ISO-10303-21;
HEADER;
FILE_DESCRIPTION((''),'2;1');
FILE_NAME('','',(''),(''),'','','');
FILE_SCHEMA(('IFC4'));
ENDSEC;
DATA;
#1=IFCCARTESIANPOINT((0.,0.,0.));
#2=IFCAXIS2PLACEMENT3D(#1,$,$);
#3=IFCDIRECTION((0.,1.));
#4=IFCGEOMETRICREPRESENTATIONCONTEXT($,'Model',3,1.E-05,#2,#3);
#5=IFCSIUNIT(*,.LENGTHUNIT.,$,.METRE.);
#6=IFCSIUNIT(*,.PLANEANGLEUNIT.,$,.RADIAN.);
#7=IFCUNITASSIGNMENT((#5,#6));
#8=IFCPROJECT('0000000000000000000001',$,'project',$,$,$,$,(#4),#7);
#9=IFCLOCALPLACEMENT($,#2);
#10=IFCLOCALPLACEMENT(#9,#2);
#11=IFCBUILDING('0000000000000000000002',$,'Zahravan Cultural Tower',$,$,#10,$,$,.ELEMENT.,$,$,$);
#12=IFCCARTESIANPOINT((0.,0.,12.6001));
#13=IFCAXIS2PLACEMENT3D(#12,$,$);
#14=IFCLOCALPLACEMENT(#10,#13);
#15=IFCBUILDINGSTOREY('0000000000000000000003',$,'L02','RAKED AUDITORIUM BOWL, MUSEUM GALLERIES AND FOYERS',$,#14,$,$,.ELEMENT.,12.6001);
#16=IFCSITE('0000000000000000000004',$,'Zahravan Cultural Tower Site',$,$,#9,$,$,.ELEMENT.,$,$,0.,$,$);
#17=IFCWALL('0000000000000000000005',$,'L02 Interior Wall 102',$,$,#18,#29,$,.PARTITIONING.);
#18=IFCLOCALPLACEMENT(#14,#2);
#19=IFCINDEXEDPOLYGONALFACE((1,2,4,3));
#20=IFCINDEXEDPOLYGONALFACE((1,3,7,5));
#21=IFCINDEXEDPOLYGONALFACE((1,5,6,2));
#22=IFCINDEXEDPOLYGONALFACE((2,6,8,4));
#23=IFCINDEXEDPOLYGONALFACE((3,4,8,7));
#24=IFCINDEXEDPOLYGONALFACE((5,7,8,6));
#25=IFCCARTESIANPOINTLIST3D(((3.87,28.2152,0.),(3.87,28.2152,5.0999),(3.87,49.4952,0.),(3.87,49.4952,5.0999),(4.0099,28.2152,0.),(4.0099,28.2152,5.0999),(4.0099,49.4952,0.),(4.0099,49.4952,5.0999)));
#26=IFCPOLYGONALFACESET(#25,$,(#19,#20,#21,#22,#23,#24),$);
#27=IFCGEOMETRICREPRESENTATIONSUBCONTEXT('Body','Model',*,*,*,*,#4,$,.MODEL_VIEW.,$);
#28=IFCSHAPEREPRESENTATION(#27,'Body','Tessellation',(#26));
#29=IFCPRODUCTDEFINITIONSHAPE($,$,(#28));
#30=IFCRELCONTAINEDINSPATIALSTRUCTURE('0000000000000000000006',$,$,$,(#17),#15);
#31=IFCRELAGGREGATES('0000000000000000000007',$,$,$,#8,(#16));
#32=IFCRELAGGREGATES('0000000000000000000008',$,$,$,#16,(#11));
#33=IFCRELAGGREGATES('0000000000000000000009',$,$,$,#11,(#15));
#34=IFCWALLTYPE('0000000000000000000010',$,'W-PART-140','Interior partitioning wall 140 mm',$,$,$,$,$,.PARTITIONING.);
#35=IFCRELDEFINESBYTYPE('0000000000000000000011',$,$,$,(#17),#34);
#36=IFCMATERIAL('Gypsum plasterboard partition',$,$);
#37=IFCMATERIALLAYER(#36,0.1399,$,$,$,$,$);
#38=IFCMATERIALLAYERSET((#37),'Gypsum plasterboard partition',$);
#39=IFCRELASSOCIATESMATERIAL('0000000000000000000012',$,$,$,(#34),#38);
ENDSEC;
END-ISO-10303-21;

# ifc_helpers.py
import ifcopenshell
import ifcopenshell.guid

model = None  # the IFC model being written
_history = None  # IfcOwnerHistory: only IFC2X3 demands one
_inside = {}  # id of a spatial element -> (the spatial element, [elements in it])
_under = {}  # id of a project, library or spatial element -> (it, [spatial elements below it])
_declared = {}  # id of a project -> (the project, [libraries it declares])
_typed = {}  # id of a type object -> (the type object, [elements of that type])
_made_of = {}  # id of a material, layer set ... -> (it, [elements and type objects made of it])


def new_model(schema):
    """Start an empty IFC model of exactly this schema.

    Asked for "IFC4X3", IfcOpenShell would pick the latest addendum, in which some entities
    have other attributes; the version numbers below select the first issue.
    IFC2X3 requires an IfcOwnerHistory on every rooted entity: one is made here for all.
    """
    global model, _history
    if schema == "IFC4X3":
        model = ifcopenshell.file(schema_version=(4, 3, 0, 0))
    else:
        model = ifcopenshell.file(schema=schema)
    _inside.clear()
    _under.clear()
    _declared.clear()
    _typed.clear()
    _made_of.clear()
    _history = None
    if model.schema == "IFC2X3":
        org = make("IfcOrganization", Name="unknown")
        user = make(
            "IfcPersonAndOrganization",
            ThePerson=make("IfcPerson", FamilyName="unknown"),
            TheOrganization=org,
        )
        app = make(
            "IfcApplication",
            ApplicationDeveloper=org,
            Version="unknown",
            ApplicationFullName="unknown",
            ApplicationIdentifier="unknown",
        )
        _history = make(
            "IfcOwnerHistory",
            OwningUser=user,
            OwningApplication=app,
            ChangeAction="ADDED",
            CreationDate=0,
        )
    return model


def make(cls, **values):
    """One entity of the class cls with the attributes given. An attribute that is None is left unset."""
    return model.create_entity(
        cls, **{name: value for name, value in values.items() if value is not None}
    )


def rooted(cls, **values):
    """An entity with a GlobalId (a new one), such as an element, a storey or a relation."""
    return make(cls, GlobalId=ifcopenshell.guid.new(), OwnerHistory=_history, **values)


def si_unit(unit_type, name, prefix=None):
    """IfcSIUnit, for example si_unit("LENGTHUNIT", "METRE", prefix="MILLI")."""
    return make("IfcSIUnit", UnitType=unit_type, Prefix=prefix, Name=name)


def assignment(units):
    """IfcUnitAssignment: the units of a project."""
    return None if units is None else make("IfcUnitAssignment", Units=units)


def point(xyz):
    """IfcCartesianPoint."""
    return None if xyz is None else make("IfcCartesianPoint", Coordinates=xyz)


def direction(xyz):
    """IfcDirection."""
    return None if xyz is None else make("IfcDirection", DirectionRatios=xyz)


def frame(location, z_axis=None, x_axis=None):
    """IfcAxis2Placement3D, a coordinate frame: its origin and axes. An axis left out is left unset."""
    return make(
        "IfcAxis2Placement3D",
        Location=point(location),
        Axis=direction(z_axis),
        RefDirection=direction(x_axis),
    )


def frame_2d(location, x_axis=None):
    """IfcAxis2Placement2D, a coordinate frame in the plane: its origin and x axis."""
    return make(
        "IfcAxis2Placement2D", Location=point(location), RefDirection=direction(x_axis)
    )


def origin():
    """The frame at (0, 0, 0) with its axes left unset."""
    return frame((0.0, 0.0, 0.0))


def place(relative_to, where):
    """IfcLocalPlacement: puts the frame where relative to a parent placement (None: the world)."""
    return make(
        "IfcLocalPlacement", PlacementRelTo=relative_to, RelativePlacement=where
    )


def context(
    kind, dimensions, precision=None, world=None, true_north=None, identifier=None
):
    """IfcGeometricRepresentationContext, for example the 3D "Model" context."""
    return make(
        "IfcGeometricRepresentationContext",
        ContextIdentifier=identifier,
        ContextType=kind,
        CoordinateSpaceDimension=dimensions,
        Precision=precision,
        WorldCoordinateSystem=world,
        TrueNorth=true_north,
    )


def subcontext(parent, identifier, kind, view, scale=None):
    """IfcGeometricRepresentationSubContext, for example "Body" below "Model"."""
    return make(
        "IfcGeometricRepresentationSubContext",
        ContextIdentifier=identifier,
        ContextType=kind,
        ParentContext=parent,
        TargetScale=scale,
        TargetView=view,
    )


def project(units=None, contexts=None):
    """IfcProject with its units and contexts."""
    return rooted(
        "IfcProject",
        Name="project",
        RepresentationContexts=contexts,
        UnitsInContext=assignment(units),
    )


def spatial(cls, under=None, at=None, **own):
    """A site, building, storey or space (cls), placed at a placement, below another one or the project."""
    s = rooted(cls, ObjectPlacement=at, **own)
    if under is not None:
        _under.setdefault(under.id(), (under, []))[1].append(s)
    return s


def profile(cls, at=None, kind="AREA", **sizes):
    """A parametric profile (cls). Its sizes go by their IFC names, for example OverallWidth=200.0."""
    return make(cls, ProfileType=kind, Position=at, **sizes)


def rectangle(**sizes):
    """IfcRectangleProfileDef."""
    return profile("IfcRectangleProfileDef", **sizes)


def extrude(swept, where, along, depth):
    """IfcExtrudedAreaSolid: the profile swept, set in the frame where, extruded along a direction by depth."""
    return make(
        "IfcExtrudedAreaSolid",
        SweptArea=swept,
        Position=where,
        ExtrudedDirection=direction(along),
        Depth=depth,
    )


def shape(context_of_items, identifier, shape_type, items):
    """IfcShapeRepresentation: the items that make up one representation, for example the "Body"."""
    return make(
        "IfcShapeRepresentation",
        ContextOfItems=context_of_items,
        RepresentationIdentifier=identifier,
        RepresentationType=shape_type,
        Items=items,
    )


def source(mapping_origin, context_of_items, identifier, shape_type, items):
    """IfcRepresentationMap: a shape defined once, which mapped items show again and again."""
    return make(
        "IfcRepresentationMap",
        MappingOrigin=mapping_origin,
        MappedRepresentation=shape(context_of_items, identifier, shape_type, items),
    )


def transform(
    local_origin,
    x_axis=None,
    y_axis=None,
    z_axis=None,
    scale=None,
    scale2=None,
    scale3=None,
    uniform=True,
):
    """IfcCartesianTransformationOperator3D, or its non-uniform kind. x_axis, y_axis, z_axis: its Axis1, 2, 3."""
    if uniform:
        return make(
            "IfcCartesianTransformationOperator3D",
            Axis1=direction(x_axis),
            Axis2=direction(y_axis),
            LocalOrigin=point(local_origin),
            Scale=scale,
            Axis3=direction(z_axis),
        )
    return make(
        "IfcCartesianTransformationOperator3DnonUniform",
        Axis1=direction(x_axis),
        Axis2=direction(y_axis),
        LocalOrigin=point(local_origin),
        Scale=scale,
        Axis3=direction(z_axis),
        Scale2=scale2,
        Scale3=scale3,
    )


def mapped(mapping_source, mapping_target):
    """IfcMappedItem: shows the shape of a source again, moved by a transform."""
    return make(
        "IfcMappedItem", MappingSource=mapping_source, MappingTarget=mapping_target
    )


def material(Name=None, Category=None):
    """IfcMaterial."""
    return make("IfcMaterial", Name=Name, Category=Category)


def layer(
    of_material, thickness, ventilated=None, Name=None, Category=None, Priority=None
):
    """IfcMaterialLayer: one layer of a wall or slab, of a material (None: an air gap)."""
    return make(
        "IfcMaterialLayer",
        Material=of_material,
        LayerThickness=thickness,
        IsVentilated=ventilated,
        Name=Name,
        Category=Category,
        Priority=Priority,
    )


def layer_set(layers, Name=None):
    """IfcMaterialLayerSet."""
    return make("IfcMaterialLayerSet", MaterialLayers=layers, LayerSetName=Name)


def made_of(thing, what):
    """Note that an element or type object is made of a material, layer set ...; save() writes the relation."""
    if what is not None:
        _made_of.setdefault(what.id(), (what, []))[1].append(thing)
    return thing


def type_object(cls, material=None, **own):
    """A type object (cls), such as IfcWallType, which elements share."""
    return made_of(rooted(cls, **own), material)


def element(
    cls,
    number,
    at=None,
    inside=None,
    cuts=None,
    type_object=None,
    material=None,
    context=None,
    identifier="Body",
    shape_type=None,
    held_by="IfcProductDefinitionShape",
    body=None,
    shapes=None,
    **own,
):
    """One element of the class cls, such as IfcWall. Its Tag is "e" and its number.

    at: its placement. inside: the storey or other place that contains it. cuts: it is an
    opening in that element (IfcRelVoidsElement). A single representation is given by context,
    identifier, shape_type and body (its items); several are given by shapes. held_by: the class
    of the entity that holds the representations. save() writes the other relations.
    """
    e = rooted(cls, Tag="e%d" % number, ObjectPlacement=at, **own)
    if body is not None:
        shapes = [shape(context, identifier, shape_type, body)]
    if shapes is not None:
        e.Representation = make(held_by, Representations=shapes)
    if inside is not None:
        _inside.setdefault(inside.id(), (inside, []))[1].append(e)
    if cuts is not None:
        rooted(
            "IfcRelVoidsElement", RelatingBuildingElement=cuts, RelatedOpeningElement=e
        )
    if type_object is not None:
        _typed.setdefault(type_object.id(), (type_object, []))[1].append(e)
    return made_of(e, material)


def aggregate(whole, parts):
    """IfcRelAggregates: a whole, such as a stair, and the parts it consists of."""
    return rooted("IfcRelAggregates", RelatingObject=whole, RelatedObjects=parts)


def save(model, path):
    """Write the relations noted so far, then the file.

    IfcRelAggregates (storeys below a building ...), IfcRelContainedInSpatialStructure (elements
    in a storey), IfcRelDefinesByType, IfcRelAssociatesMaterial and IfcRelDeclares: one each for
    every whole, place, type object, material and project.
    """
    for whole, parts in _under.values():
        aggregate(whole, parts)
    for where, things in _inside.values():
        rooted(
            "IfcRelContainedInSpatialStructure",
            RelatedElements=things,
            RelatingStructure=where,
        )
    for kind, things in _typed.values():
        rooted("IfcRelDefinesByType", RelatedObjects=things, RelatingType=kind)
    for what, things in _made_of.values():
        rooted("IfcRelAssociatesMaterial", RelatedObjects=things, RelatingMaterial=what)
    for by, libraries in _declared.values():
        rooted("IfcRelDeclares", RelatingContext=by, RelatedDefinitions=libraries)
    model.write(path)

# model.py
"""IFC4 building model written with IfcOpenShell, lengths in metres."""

from ifc_helpers import new_model, si_unit, direction, frame, frame_2d, origin, place, context, subcontext, project, spatial, rectangle, extrude, source, transform, mapped, material, layer, layer_set, type_object, element, save


model = new_model("IFC4")

# Units and contexts
model_context = context("Model", 3, precision=1e-05, world=origin(), true_north=direction((0.0, 1.0)))
body_context = subcontext(model_context, "Body", "Model", "MODEL_VIEW")
ifc_project = project(units=[si_unit("LENGTHUNIT", "METRE"), si_unit("PLANEANGLEUNIT", "RADIAN")], contexts=[model_context])

# Site, building, storey
site_placement = place(None, origin())
site = spatial("IfcSite", under=ifc_project, at=site_placement, Name="Zahravan Cultural Tower Site", CompositionType="ELEMENT", RefElevation=0.0)
building_placement = place(site_placement, origin())
building = spatial("IfcBuilding", under=site, at=building_placement, Name="Zahravan Cultural Tower", CompositionType="ELEMENT")
storey_placement = place(building_placement, frame((0.0, 0.0, 12.6001)))
storey = spatial("IfcBuildingStorey", under=building, at=storey_placement, Name="L02", Description="RAKED AUDITORIUM BOWL, MUSEUM GALLERIES AND FOYERS", CompositionType="ELEMENT", Elevation=12.6001)

# Wall
ifc_material_1 = material(Name="Gypsum plasterboard partition")
ifc_layer_1 = layer(ifc_material_1, 0.1399)
ifc_layer_set_1 = layer_set([ifc_layer_1], Name="Gypsum plasterboard partition")
wall_type = type_object("IfcWallType", Name="W-PART-140", Description="Interior partitioning wall 140 mm", PredefinedType="PARTITIONING", material=ifc_layer_set_1)
shared_shape_1 = source(origin(), body_context, "Body", "SweptSolid", [
    extrude(rectangle(XDim=21.28, YDim=0.1399, at=frame_2d((10.6401, 0.0))), origin(), (0.0, 0.0, 1.0), 5.0999),
])
wall_1_placement = place(storey_placement, frame((3.9399, 28.2151, 0.0), z_axis=(0.0, 0.0, 1.0), x_axis=(0.0, 1.0, 0.0)))
element("IfcWall", 1, at=wall_1_placement, inside=storey, type_object=wall_type, Name="L02 Interior Wall 102", PredefinedType="PARTITIONING", context=body_context, shape_type="MappedRepresentation", body=[
    mapped(shared_shape_1, transform((0.0, 0.0, 0.0), x_axis=(1.0, 0.0, 0.0), y_axis=(0.0, 1.0, 0.0), z_axis=(0.0, 0.0, 1.0), scale=1.0)),
])

save(model, "model.ifc")
